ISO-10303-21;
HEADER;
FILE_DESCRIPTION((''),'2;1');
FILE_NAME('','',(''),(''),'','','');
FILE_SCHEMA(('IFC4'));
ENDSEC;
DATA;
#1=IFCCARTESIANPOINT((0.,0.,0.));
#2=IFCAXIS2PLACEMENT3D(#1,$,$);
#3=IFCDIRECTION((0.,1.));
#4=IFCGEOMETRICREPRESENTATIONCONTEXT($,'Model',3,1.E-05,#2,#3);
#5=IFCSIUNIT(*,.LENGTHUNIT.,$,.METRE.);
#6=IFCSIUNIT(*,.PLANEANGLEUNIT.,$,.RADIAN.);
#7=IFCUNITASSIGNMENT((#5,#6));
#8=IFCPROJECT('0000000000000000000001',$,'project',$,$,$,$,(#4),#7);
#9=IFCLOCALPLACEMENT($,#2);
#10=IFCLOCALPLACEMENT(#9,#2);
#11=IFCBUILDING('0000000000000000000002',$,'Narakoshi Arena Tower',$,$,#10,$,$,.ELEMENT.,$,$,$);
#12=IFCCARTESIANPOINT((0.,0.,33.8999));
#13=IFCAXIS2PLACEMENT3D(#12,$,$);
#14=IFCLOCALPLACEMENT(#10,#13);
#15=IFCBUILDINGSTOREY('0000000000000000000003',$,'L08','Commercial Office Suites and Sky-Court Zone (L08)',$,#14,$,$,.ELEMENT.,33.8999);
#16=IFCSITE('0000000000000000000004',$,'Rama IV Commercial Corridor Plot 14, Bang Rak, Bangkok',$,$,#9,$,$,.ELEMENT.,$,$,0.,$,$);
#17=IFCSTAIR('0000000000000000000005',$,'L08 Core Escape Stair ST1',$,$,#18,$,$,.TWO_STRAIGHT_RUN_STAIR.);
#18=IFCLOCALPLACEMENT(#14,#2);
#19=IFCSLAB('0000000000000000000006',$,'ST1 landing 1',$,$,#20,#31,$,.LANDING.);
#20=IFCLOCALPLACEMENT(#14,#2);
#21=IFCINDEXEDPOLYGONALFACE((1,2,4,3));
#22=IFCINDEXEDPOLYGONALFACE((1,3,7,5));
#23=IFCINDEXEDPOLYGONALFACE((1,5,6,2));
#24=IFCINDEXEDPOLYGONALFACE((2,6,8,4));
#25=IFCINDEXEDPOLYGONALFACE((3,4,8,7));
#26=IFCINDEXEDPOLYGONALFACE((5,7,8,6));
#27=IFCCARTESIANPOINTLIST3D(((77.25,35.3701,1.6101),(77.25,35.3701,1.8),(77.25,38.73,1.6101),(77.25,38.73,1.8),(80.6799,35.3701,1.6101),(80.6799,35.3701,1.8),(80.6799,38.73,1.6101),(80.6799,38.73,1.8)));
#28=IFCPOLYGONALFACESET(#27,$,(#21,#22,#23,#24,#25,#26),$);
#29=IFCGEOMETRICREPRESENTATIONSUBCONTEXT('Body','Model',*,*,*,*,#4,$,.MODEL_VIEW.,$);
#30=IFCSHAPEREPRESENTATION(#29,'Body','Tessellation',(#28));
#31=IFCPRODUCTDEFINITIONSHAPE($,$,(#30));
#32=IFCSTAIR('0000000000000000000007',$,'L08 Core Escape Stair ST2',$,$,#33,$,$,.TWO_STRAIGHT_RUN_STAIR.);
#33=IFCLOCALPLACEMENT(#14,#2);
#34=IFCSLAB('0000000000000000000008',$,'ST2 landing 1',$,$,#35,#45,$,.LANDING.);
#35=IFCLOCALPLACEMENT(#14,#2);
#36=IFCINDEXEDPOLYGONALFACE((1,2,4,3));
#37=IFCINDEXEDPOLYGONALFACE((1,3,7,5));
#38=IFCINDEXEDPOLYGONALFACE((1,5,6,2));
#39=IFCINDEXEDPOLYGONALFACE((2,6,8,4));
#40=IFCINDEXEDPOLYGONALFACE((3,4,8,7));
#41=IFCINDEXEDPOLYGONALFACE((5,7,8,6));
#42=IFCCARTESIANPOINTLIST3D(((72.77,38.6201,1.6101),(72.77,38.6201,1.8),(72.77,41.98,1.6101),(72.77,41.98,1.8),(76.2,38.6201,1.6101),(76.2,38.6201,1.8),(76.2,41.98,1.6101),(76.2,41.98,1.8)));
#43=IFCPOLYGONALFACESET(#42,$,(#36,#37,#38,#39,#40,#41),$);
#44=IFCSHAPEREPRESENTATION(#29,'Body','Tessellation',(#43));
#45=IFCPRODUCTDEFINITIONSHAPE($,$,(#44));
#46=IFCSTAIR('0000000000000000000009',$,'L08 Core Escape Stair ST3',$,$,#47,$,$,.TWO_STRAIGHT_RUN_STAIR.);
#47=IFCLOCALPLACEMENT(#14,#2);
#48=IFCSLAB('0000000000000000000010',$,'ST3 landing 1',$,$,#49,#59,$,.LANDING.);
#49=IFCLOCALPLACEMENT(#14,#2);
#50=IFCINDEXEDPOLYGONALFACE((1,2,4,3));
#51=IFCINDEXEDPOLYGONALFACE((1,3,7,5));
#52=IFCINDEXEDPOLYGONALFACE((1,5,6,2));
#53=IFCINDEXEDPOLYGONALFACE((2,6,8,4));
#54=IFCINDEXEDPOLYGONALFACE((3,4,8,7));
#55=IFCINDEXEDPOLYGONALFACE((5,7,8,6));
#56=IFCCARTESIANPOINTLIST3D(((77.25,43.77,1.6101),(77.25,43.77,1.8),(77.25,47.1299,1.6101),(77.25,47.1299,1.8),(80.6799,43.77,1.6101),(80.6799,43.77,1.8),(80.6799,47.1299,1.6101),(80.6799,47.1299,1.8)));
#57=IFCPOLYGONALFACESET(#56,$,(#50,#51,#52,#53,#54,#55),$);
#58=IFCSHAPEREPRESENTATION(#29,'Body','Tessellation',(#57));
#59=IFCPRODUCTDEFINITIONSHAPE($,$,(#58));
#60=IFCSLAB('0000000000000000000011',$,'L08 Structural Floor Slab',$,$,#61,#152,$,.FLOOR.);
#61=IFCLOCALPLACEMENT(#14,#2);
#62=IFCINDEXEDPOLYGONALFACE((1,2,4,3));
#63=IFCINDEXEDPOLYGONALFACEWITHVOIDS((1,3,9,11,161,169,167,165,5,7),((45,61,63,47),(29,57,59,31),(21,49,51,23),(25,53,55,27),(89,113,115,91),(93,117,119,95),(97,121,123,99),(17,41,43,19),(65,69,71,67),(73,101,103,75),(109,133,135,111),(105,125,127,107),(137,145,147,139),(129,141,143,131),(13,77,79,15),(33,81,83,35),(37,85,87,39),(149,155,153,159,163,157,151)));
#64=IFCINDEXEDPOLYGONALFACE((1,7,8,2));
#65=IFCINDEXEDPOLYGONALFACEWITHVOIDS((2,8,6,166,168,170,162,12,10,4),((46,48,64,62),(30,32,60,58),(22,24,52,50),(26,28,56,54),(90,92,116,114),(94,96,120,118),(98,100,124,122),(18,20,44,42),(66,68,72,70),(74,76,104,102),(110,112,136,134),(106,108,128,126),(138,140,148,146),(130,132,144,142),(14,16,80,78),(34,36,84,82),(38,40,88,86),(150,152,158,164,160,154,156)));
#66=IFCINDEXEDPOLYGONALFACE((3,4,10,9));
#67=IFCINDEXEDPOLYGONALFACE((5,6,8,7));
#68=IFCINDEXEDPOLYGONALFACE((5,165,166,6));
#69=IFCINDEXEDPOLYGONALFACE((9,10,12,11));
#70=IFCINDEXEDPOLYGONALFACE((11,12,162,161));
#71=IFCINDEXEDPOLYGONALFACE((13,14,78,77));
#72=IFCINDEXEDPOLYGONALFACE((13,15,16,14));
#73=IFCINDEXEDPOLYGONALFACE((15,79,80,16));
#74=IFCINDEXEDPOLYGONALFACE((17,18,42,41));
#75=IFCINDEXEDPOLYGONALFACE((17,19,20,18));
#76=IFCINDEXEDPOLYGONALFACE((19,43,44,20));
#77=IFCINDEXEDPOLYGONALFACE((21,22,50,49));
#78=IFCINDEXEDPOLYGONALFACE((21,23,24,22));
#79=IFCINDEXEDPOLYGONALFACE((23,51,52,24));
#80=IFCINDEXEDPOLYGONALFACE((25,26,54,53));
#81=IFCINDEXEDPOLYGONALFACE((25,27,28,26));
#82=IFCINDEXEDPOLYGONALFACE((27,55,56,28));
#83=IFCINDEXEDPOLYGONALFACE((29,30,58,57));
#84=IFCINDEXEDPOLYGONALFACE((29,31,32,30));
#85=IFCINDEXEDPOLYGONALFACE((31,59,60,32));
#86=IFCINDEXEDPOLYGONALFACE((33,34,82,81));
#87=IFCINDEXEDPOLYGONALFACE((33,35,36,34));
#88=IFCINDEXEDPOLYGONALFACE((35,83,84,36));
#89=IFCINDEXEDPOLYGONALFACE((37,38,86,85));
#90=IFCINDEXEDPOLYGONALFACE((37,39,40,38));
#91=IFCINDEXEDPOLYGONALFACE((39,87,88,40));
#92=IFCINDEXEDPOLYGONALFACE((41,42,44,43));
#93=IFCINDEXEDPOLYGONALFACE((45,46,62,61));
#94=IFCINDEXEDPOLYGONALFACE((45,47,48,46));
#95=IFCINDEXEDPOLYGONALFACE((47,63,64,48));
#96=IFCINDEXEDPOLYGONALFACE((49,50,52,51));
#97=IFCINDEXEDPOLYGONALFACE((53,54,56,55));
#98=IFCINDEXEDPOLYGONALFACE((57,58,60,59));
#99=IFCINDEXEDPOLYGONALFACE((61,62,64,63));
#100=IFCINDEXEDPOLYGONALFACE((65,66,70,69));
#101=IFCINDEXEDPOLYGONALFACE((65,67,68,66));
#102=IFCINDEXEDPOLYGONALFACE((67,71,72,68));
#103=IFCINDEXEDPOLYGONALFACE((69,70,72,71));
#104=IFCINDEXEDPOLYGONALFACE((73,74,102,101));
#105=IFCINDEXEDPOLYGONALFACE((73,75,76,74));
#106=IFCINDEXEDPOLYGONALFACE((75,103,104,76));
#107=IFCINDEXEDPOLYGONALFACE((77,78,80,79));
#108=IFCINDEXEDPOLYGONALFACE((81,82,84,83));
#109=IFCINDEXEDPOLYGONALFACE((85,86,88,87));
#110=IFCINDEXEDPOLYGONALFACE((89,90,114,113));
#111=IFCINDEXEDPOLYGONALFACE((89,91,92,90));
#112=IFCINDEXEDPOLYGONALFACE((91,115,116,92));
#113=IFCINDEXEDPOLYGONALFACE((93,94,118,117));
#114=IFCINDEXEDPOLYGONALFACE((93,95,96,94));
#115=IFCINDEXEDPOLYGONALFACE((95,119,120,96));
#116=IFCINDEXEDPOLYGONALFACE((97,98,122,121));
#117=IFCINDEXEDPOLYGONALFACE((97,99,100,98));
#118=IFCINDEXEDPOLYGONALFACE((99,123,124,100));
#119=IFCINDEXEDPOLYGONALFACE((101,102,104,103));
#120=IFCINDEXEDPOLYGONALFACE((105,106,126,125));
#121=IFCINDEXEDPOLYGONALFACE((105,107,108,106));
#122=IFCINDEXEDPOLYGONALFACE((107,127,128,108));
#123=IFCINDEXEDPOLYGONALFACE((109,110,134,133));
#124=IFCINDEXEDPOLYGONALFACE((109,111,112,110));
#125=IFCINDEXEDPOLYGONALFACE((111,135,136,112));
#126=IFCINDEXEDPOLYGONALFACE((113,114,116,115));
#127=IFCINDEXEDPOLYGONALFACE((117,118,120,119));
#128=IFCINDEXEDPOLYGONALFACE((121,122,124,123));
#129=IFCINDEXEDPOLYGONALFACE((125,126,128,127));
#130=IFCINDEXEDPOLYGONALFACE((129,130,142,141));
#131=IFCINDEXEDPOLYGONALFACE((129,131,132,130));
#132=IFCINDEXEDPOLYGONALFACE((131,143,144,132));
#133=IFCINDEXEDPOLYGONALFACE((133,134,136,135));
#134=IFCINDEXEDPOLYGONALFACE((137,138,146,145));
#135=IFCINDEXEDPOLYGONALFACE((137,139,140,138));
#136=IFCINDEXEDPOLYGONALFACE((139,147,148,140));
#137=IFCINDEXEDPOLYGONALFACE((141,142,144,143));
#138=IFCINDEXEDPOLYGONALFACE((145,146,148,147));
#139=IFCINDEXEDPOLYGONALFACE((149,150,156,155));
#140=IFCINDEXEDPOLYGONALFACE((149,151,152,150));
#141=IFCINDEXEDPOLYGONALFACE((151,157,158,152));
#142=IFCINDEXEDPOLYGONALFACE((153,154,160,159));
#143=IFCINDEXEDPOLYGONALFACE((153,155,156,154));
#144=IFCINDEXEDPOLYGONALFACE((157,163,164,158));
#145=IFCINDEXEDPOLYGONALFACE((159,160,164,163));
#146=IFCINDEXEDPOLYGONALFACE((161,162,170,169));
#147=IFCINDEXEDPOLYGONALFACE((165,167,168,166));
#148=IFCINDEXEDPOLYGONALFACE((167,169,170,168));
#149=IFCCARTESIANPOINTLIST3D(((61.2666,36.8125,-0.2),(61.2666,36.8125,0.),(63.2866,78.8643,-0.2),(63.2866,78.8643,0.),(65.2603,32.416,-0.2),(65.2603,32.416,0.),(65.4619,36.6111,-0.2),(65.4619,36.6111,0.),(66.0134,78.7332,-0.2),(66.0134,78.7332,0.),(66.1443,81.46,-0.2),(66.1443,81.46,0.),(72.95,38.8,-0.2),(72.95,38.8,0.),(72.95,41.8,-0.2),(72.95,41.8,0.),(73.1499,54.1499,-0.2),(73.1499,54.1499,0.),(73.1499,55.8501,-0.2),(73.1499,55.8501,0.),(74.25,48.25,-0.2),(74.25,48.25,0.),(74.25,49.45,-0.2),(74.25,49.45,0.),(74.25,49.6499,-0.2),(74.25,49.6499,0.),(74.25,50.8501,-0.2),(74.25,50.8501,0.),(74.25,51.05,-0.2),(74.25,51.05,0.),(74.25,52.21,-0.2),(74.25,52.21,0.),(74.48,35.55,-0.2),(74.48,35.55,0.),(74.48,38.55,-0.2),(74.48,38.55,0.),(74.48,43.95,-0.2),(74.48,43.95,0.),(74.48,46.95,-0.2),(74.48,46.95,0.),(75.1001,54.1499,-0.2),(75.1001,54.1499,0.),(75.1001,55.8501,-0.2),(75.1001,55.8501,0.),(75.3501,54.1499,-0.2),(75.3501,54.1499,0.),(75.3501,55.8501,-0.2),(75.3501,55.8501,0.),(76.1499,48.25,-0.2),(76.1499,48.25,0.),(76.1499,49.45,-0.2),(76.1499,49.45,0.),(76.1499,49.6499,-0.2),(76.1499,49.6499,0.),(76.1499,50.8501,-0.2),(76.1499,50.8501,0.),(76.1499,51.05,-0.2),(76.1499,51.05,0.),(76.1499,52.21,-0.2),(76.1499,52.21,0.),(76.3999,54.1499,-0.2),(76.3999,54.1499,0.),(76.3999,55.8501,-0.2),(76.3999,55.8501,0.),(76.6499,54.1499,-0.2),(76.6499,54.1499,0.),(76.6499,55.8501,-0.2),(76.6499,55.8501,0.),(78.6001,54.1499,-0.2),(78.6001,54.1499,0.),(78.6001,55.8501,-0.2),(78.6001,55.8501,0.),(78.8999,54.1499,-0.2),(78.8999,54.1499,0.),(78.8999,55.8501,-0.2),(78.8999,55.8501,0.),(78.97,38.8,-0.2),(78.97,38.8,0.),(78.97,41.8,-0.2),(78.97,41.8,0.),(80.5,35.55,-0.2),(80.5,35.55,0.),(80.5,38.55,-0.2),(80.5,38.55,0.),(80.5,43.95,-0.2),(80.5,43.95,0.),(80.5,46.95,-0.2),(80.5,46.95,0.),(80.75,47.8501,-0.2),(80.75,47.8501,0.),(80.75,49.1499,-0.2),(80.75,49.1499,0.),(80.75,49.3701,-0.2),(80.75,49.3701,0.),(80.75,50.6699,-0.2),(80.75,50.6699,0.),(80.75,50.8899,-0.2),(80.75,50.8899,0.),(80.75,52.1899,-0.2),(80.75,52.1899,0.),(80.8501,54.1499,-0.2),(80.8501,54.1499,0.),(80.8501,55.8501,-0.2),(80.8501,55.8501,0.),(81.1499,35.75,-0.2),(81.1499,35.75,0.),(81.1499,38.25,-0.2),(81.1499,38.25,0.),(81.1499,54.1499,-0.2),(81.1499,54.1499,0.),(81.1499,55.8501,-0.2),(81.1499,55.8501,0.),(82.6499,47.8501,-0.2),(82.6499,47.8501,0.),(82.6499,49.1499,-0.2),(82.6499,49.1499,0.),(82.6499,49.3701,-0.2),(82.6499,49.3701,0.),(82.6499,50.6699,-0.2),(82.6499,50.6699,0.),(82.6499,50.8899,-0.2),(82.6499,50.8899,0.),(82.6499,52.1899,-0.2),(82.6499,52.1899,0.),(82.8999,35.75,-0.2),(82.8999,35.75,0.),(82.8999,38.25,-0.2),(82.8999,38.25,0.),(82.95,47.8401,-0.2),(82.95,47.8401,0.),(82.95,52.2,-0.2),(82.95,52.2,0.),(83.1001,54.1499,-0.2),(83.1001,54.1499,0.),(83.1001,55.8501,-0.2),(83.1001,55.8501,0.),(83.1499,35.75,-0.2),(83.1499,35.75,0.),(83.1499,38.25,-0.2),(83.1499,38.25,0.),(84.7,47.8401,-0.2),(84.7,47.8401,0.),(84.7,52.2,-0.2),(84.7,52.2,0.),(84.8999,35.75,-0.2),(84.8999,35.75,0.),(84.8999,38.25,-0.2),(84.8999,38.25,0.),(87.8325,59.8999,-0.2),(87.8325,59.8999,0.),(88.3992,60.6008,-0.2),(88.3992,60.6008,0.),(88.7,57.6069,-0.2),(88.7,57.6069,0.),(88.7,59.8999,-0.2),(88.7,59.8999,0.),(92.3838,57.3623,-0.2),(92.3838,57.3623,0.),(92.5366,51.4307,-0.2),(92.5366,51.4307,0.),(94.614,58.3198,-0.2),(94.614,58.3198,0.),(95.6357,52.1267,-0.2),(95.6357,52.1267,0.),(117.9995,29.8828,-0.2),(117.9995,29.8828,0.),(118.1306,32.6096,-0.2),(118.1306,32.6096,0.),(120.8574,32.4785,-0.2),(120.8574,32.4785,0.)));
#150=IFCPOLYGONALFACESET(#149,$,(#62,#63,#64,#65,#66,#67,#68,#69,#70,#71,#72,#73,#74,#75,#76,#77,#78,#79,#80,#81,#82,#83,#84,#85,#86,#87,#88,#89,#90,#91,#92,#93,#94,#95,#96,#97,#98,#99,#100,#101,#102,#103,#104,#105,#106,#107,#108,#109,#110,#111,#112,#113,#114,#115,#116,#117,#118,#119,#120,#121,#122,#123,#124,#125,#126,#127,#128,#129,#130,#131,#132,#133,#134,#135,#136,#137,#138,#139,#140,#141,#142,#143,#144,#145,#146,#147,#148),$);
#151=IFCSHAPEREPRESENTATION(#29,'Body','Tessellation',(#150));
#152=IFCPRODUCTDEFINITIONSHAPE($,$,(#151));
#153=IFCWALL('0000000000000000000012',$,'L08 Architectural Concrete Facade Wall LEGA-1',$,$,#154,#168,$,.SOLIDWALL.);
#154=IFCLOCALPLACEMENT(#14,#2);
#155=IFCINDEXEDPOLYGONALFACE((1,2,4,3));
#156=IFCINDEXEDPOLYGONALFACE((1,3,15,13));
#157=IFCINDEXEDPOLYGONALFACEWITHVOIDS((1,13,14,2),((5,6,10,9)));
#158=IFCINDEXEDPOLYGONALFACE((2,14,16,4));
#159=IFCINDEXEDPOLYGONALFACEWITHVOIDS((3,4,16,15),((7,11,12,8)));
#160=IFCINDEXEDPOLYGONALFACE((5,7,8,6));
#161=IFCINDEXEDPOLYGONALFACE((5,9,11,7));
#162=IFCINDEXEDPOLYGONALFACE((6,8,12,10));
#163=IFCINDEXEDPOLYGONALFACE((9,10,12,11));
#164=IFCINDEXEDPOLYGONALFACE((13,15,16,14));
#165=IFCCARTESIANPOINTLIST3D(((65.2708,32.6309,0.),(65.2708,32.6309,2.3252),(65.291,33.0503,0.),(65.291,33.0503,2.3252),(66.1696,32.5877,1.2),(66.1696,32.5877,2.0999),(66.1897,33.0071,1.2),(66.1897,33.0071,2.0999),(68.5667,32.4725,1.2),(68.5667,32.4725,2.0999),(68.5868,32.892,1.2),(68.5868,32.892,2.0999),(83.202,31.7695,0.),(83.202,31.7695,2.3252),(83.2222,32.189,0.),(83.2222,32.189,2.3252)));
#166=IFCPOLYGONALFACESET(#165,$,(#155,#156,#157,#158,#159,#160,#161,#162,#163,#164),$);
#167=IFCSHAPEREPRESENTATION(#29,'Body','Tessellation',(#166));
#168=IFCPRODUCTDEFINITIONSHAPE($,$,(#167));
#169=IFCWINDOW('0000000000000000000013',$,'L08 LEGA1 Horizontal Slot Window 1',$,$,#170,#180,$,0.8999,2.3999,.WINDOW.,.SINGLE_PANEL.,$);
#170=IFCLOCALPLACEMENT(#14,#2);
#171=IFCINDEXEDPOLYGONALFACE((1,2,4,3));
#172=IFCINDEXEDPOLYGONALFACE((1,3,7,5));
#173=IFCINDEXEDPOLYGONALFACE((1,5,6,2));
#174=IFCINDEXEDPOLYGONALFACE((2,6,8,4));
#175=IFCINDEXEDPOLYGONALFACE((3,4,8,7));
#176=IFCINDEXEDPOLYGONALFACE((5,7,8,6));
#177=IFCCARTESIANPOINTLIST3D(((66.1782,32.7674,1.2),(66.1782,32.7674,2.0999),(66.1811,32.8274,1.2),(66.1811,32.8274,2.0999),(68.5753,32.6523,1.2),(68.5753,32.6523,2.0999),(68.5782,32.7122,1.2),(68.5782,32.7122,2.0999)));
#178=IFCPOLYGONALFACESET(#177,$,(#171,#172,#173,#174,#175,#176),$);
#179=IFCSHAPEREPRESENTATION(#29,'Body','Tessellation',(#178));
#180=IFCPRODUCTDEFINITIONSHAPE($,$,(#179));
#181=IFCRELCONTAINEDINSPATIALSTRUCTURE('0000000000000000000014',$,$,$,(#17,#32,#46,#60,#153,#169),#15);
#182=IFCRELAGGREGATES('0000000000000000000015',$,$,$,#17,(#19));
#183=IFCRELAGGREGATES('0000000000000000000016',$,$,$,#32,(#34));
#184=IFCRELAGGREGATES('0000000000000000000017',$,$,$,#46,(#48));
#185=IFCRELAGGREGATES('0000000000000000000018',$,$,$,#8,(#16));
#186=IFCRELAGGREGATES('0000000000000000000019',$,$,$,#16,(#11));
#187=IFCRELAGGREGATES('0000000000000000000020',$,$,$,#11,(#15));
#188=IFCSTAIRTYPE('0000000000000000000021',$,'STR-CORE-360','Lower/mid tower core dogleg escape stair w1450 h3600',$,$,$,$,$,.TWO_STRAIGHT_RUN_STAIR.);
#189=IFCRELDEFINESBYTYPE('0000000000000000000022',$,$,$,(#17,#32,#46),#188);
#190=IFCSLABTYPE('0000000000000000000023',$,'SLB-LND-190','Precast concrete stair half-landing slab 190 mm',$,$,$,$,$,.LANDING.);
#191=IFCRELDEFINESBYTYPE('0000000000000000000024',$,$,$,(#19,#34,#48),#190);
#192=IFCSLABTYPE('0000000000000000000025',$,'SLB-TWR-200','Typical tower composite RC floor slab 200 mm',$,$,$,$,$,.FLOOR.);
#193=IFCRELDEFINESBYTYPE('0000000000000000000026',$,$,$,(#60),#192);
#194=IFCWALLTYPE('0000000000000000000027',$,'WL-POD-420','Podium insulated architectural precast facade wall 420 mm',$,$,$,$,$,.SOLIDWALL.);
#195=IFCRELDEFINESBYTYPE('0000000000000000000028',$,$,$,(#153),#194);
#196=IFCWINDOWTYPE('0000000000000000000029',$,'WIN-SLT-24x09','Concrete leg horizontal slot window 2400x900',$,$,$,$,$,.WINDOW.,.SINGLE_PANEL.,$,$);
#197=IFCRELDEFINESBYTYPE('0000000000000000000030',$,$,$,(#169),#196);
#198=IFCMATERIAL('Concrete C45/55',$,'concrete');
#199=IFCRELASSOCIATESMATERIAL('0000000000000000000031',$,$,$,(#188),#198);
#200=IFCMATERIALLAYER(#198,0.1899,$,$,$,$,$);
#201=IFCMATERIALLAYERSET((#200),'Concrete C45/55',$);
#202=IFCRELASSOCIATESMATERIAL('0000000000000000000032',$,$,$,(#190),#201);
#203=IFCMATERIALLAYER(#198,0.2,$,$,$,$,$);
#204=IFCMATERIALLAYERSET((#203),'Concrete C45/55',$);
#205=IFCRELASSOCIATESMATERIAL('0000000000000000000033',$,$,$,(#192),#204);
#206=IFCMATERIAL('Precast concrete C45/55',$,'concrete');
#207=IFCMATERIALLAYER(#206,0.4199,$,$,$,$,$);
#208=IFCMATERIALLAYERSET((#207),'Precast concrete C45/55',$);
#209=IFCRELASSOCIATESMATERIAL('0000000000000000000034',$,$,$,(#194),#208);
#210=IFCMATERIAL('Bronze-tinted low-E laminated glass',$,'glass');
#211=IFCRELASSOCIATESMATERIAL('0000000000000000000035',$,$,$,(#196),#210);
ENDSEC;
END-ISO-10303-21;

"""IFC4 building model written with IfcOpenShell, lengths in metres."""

from ifc_helpers import new_model, si_unit, direction, frame, frame_2d, origin, place, context, subcontext, project, spatial, polyline, rectangle, outline, extrude, material, layer, layer_set, type_object, element, fill, aggregate, save


model = new_model("IFC4")

# Units and contexts
model_context = context("Model", 3, precision=1e-05, world=origin(), true_north=direction((0.0, 1.0)))
body_context = subcontext(model_context, "Body", "Model", "MODEL_VIEW")
ifc_project = project(units=[si_unit("LENGTHUNIT", "METRE"), si_unit("PLANEANGLEUNIT", "RADIAN")], contexts=[model_context])

# Site, building, storey
site_placement = place(None, origin())
site = spatial("IfcSite", under=ifc_project, at=site_placement, Name="Rama IV Commercial Corridor Plot 14, Bang Rak, Bangkok", CompositionType="ELEMENT", RefElevation=0.0)
building_placement = place(site_placement, origin())
building = spatial("IfcBuilding", under=site, at=building_placement, Name="Narakoshi Arena Tower", CompositionType="ELEMENT")
storey_placement = place(building_placement, frame((0.0, 0.0, 33.8999)))
storey = spatial("IfcBuildingStorey", under=building, at=storey_placement, Name="L08", Description="Commercial Office Suites and Sky-Court Zone (L08)", CompositionType="ELEMENT", Elevation=33.8999)

# Stairs, slabs
ifc_material_1 = material(Name="Concrete C45/55", Category="concrete")
stair_type = type_object("IfcStairType", Name="STR-CORE-360", Description="Lower/mid tower core dogleg escape stair w1450 h3600", PredefinedType="TWO_STRAIGHT_RUN_STAIR", material=ifc_material_1)
stair_1_placement = place(storey_placement, origin())
stair_1 = element("IfcStair", 1, at=stair_1_placement, inside=storey, type_object=stair_type, Name="L08 Core Escape Stair ST1", PredefinedType="TWO_STRAIGHT_RUN_STAIR")
ifc_layer_1 = layer(ifc_material_1, 0.1899)
ifc_layer_set_1 = layer_set([ifc_layer_1], Name="Concrete C45/55")
slab_type_1 = type_object("IfcSlabType", Name="SLB-LND-190", Description="Precast concrete stair half-landing slab 190 mm", PredefinedType="LANDING", material=ifc_layer_set_1)
slab_1_placement = place(storey_placement, frame((0.0, 0.0, 1.6101)))
slab_1 = element("IfcSlab", 2, at=slab_1_placement, type_object=slab_type_1, Name="ST1 landing 1", PredefinedType="LANDING", context=body_context, shape_type="SweptSolid", body=[
    extrude(outline(polyline([(77.25, 35.3701), (80.6799, 35.3701), (80.6799, 38.73), (77.25, 38.73), (77.25, 35.3701)])), origin(), (0.0, 0.0, 1.0), 0.1899),
])
aggregate(stair_1, [slab_1])
stair_2_placement = place(storey_placement, origin())
stair_2 = element("IfcStair", 3, at=stair_2_placement, inside=storey, type_object=stair_type, Name="L08 Core Escape Stair ST2", PredefinedType="TWO_STRAIGHT_RUN_STAIR")
slab_2_placement = place(storey_placement, frame((0.0, 0.0, 1.6101)))
slab_2 = element("IfcSlab", 4, at=slab_2_placement, type_object=slab_type_1, Name="ST2 landing 1", PredefinedType="LANDING", context=body_context, shape_type="SweptSolid", body=[
    extrude(outline(polyline([(72.77, 38.6201), (76.2, 38.6201), (76.2, 41.98), (72.77, 41.98), (72.77, 38.6201)])), origin(), (0.0, 0.0, 1.0), 0.1899),
])
aggregate(stair_2, [slab_2])
stair_3_placement = place(storey_placement, origin())
stair_3 = element("IfcStair", 5, at=stair_3_placement, inside=storey, type_object=stair_type, Name="L08 Core Escape Stair ST3", PredefinedType="TWO_STRAIGHT_RUN_STAIR")
slab_3_placement = place(storey_placement, frame((0.0, 0.0, 1.6101)))
slab_3 = element("IfcSlab", 6, at=slab_3_placement, type_object=slab_type_1, Name="ST3 landing 1", PredefinedType="LANDING", context=body_context, shape_type="SweptSolid", body=[
    extrude(outline(polyline([(77.25, 43.77), (80.6799, 43.77), (80.6799, 47.1299), (77.25, 47.1299), (77.25, 43.77)])), origin(), (0.0, 0.0, 1.0), 0.1899),
])
aggregate(stair_3, [slab_3])

# Slab
ifc_layer_2 = layer(ifc_material_1, 0.2)
ifc_layer_set_2 = layer_set([ifc_layer_2], Name="Concrete C45/55")
slab_type_2 = type_object("IfcSlabType", Name="SLB-TWR-200", Description="Typical tower composite RC floor slab 200 mm", PredefinedType="FLOOR", material=ifc_layer_set_2)
slab_4_placement = place(storey_placement, frame((0.0, 0.0, -0.2)))
element("IfcSlab", 7, at=slab_4_placement, inside=storey, type_object=slab_type_2, Name="L08 Structural Floor Slab", PredefinedType="FLOOR", context=body_context, shape_type="SweptSolid", body=[
    extrude(outline(polyline([(65.2603, 32.416), (117.9995, 29.8828), (118.1306, 32.6096), (120.8574, 32.4785), (94.614, 58.3198), (66.1443, 81.46), (66.0134, 78.7332), (63.2866, 78.8643), (61.2666, 36.8125), (65.4619, 36.6111), (65.2603, 32.416)]), holes=[polyline([(74.48, 35.55), (74.48, 38.55), (80.5, 38.55), (80.5, 35.55), (74.48, 35.55)]), polyline([(81.1499, 35.75), (81.1499, 38.25), (82.8999, 38.25), (82.8999, 35.75), (81.1499, 35.75)]), polyline([(83.1499, 35.75), (83.1499, 38.25), (84.8999, 38.25), (84.8999, 35.75), (83.1499, 35.75)]), polyline([(72.95, 38.8), (72.95, 41.8), (78.97, 41.8), (78.97, 38.8), (72.95, 38.8)]), polyline([(74.48, 43.95), (74.48, 46.95), (80.5, 46.95), (80.5, 43.95), (74.48, 43.95)]), polyline([(82.95, 47.8401), (82.95, 52.2), (84.7, 52.2), (84.7, 47.8401), (82.95, 47.8401)]), polyline([(80.75, 47.8501), (80.75, 49.1499), (82.6499, 49.1499), (82.6499, 47.8501), (80.75, 47.8501)]), polyline([(74.25, 48.25), (74.25, 49.45), (76.1499, 49.45), (76.1499, 48.25), (74.25, 48.25)]), polyline([(80.75, 49.3701), (80.75, 50.6699), (82.6499, 50.6699), (82.6499, 49.3701), (80.75, 49.3701)]), polyline([(74.25, 49.6499), (74.25, 50.8501), (76.1499, 50.8501), (76.1499, 49.6499), (74.25, 49.6499)]), polyline([(80.75, 50.8899), (80.75, 52.1899), (82.6499, 52.1899), (82.6499, 50.8899), (80.75, 50.8899)]), polyline([(74.25, 51.05), (74.25, 52.21), (76.1499, 52.21), (76.1499, 51.05), (74.25, 51.05)]), polyline([(95.6357, 52.1267), (92.5366, 51.4307), (88.7, 57.6069), (88.7, 59.8999), (87.8325, 59.8999), (88.3992, 60.6008), (92.3838, 57.3623), (95.6357, 52.1267)]), polyline([(73.1499, 54.1499), (73.1499, 55.8501), (75.1001, 55.8501), (75.1001, 54.1499), (73.1499, 54.1499)]), polyline([(75.3501, 55.8501), (76.3999, 55.8501), (76.3999, 54.1499), (75.3501, 54.1499), (75.3501, 55.8501)]), polyline([(76.6499, 55.8501), (78.6001, 55.8501), (78.6001, 54.1499), (76.6499, 54.1499), (76.6499, 55.8501)]), polyline([(78.8999, 54.1499), (78.8999, 55.8501), (80.8501, 55.8501), (80.8501, 54.1499), (78.8999, 54.1499)]), polyline([(81.1499, 55.8501), (83.1001, 55.8501), (83.1001, 54.1499), (81.1499, 54.1499), (81.1499, 55.8501)])]), origin(), (0.0, 0.0, 1.0), 0.2),
])

# Wall, opening, window
ifc_material_2 = material(Name="Precast concrete C45/55", Category="concrete")
ifc_layer_3 = layer(ifc_material_2, 0.4199)
ifc_layer_set_3 = layer_set([ifc_layer_3], Name="Precast concrete C45/55")
wall_type_1 = type_object("IfcWallType", Name="WL-POD-420", Description="Podium insulated architectural precast facade wall 420 mm", PredefinedType="SOLIDWALL", material=ifc_layer_set_3)
wall_1_placement = place(storey_placement, frame((65.2808, 32.8406, 0.0), z_axis=(0.0, 0.0, 1.0), x_axis=(0.998848, -0.04798, 0.0)))
wall_1 = element("IfcWall", 8, at=wall_1_placement, inside=storey, type_object=wall_type_1, Name="L08 Architectural Concrete Facade Wall LEGA-1", PredefinedType="SOLIDWALL", context=body_context, shape_type="SweptSolid", body=[
    extrude(rectangle(XDim=17.9519, YDim=0.4199, at=frame_2d((8.9761, 0.0))), origin(), (0.0, 0.0, 1.0), 2.3252),
])
opening_1_placement = place(wall_1_placement, frame((0.8999, 0.0, 1.2)))
opening_1 = element("IfcOpeningElement", 9, at=opening_1_placement, cuts=wall_1, PredefinedType="OPENING", context=body_context, shape_type="SweptSolid", body=[
    extrude(rectangle(XDim=2.3999, YDim=0.8999, at=frame_2d((1.2, 0.45))), frame((0.0, 0.22, 0.0), z_axis=(0.0, -1.0, 0.0), x_axis=(1.0, 0.0, 0.0)), (0.0, 0.0, 1.0), 0.4399),
])
ifc_material_3 = material(Name="Bronze-tinted low-E laminated glass", Category="glass")
window_type_1 = type_object("IfcWindowType", Name="WIN-SLT-24x09", Description="Concrete leg horizontal slot window 2400x900", PartitioningType="SINGLE_PANEL", PredefinedType="WINDOW", material=ifc_material_3)
window_1_placement = place(opening_1_placement, origin())
window_1 = element("IfcWindow", 10, at=window_1_placement, inside=storey, type_object=window_type_1, Name="L08 LEGA1 Horizontal Slot Window 1", OverallHeight=0.8999, OverallWidth=2.3999, PartitioningType="SINGLE_PANEL", PredefinedType="WINDOW", context=body_context, shape_type="SweptSolid", body=[
    extrude(rectangle(XDim=2.3999, YDim=0.8999, at=frame_2d((1.2, 0.45))), frame((0.0, 0.03, 0.0), z_axis=(0.0, -1.0, 0.0), x_axis=(1.0, 0.0, 0.0)), (0.0, 0.0, 1.0), 0.0601),
])
fill(opening_1, window_1)

save(model, "model.ifc")
